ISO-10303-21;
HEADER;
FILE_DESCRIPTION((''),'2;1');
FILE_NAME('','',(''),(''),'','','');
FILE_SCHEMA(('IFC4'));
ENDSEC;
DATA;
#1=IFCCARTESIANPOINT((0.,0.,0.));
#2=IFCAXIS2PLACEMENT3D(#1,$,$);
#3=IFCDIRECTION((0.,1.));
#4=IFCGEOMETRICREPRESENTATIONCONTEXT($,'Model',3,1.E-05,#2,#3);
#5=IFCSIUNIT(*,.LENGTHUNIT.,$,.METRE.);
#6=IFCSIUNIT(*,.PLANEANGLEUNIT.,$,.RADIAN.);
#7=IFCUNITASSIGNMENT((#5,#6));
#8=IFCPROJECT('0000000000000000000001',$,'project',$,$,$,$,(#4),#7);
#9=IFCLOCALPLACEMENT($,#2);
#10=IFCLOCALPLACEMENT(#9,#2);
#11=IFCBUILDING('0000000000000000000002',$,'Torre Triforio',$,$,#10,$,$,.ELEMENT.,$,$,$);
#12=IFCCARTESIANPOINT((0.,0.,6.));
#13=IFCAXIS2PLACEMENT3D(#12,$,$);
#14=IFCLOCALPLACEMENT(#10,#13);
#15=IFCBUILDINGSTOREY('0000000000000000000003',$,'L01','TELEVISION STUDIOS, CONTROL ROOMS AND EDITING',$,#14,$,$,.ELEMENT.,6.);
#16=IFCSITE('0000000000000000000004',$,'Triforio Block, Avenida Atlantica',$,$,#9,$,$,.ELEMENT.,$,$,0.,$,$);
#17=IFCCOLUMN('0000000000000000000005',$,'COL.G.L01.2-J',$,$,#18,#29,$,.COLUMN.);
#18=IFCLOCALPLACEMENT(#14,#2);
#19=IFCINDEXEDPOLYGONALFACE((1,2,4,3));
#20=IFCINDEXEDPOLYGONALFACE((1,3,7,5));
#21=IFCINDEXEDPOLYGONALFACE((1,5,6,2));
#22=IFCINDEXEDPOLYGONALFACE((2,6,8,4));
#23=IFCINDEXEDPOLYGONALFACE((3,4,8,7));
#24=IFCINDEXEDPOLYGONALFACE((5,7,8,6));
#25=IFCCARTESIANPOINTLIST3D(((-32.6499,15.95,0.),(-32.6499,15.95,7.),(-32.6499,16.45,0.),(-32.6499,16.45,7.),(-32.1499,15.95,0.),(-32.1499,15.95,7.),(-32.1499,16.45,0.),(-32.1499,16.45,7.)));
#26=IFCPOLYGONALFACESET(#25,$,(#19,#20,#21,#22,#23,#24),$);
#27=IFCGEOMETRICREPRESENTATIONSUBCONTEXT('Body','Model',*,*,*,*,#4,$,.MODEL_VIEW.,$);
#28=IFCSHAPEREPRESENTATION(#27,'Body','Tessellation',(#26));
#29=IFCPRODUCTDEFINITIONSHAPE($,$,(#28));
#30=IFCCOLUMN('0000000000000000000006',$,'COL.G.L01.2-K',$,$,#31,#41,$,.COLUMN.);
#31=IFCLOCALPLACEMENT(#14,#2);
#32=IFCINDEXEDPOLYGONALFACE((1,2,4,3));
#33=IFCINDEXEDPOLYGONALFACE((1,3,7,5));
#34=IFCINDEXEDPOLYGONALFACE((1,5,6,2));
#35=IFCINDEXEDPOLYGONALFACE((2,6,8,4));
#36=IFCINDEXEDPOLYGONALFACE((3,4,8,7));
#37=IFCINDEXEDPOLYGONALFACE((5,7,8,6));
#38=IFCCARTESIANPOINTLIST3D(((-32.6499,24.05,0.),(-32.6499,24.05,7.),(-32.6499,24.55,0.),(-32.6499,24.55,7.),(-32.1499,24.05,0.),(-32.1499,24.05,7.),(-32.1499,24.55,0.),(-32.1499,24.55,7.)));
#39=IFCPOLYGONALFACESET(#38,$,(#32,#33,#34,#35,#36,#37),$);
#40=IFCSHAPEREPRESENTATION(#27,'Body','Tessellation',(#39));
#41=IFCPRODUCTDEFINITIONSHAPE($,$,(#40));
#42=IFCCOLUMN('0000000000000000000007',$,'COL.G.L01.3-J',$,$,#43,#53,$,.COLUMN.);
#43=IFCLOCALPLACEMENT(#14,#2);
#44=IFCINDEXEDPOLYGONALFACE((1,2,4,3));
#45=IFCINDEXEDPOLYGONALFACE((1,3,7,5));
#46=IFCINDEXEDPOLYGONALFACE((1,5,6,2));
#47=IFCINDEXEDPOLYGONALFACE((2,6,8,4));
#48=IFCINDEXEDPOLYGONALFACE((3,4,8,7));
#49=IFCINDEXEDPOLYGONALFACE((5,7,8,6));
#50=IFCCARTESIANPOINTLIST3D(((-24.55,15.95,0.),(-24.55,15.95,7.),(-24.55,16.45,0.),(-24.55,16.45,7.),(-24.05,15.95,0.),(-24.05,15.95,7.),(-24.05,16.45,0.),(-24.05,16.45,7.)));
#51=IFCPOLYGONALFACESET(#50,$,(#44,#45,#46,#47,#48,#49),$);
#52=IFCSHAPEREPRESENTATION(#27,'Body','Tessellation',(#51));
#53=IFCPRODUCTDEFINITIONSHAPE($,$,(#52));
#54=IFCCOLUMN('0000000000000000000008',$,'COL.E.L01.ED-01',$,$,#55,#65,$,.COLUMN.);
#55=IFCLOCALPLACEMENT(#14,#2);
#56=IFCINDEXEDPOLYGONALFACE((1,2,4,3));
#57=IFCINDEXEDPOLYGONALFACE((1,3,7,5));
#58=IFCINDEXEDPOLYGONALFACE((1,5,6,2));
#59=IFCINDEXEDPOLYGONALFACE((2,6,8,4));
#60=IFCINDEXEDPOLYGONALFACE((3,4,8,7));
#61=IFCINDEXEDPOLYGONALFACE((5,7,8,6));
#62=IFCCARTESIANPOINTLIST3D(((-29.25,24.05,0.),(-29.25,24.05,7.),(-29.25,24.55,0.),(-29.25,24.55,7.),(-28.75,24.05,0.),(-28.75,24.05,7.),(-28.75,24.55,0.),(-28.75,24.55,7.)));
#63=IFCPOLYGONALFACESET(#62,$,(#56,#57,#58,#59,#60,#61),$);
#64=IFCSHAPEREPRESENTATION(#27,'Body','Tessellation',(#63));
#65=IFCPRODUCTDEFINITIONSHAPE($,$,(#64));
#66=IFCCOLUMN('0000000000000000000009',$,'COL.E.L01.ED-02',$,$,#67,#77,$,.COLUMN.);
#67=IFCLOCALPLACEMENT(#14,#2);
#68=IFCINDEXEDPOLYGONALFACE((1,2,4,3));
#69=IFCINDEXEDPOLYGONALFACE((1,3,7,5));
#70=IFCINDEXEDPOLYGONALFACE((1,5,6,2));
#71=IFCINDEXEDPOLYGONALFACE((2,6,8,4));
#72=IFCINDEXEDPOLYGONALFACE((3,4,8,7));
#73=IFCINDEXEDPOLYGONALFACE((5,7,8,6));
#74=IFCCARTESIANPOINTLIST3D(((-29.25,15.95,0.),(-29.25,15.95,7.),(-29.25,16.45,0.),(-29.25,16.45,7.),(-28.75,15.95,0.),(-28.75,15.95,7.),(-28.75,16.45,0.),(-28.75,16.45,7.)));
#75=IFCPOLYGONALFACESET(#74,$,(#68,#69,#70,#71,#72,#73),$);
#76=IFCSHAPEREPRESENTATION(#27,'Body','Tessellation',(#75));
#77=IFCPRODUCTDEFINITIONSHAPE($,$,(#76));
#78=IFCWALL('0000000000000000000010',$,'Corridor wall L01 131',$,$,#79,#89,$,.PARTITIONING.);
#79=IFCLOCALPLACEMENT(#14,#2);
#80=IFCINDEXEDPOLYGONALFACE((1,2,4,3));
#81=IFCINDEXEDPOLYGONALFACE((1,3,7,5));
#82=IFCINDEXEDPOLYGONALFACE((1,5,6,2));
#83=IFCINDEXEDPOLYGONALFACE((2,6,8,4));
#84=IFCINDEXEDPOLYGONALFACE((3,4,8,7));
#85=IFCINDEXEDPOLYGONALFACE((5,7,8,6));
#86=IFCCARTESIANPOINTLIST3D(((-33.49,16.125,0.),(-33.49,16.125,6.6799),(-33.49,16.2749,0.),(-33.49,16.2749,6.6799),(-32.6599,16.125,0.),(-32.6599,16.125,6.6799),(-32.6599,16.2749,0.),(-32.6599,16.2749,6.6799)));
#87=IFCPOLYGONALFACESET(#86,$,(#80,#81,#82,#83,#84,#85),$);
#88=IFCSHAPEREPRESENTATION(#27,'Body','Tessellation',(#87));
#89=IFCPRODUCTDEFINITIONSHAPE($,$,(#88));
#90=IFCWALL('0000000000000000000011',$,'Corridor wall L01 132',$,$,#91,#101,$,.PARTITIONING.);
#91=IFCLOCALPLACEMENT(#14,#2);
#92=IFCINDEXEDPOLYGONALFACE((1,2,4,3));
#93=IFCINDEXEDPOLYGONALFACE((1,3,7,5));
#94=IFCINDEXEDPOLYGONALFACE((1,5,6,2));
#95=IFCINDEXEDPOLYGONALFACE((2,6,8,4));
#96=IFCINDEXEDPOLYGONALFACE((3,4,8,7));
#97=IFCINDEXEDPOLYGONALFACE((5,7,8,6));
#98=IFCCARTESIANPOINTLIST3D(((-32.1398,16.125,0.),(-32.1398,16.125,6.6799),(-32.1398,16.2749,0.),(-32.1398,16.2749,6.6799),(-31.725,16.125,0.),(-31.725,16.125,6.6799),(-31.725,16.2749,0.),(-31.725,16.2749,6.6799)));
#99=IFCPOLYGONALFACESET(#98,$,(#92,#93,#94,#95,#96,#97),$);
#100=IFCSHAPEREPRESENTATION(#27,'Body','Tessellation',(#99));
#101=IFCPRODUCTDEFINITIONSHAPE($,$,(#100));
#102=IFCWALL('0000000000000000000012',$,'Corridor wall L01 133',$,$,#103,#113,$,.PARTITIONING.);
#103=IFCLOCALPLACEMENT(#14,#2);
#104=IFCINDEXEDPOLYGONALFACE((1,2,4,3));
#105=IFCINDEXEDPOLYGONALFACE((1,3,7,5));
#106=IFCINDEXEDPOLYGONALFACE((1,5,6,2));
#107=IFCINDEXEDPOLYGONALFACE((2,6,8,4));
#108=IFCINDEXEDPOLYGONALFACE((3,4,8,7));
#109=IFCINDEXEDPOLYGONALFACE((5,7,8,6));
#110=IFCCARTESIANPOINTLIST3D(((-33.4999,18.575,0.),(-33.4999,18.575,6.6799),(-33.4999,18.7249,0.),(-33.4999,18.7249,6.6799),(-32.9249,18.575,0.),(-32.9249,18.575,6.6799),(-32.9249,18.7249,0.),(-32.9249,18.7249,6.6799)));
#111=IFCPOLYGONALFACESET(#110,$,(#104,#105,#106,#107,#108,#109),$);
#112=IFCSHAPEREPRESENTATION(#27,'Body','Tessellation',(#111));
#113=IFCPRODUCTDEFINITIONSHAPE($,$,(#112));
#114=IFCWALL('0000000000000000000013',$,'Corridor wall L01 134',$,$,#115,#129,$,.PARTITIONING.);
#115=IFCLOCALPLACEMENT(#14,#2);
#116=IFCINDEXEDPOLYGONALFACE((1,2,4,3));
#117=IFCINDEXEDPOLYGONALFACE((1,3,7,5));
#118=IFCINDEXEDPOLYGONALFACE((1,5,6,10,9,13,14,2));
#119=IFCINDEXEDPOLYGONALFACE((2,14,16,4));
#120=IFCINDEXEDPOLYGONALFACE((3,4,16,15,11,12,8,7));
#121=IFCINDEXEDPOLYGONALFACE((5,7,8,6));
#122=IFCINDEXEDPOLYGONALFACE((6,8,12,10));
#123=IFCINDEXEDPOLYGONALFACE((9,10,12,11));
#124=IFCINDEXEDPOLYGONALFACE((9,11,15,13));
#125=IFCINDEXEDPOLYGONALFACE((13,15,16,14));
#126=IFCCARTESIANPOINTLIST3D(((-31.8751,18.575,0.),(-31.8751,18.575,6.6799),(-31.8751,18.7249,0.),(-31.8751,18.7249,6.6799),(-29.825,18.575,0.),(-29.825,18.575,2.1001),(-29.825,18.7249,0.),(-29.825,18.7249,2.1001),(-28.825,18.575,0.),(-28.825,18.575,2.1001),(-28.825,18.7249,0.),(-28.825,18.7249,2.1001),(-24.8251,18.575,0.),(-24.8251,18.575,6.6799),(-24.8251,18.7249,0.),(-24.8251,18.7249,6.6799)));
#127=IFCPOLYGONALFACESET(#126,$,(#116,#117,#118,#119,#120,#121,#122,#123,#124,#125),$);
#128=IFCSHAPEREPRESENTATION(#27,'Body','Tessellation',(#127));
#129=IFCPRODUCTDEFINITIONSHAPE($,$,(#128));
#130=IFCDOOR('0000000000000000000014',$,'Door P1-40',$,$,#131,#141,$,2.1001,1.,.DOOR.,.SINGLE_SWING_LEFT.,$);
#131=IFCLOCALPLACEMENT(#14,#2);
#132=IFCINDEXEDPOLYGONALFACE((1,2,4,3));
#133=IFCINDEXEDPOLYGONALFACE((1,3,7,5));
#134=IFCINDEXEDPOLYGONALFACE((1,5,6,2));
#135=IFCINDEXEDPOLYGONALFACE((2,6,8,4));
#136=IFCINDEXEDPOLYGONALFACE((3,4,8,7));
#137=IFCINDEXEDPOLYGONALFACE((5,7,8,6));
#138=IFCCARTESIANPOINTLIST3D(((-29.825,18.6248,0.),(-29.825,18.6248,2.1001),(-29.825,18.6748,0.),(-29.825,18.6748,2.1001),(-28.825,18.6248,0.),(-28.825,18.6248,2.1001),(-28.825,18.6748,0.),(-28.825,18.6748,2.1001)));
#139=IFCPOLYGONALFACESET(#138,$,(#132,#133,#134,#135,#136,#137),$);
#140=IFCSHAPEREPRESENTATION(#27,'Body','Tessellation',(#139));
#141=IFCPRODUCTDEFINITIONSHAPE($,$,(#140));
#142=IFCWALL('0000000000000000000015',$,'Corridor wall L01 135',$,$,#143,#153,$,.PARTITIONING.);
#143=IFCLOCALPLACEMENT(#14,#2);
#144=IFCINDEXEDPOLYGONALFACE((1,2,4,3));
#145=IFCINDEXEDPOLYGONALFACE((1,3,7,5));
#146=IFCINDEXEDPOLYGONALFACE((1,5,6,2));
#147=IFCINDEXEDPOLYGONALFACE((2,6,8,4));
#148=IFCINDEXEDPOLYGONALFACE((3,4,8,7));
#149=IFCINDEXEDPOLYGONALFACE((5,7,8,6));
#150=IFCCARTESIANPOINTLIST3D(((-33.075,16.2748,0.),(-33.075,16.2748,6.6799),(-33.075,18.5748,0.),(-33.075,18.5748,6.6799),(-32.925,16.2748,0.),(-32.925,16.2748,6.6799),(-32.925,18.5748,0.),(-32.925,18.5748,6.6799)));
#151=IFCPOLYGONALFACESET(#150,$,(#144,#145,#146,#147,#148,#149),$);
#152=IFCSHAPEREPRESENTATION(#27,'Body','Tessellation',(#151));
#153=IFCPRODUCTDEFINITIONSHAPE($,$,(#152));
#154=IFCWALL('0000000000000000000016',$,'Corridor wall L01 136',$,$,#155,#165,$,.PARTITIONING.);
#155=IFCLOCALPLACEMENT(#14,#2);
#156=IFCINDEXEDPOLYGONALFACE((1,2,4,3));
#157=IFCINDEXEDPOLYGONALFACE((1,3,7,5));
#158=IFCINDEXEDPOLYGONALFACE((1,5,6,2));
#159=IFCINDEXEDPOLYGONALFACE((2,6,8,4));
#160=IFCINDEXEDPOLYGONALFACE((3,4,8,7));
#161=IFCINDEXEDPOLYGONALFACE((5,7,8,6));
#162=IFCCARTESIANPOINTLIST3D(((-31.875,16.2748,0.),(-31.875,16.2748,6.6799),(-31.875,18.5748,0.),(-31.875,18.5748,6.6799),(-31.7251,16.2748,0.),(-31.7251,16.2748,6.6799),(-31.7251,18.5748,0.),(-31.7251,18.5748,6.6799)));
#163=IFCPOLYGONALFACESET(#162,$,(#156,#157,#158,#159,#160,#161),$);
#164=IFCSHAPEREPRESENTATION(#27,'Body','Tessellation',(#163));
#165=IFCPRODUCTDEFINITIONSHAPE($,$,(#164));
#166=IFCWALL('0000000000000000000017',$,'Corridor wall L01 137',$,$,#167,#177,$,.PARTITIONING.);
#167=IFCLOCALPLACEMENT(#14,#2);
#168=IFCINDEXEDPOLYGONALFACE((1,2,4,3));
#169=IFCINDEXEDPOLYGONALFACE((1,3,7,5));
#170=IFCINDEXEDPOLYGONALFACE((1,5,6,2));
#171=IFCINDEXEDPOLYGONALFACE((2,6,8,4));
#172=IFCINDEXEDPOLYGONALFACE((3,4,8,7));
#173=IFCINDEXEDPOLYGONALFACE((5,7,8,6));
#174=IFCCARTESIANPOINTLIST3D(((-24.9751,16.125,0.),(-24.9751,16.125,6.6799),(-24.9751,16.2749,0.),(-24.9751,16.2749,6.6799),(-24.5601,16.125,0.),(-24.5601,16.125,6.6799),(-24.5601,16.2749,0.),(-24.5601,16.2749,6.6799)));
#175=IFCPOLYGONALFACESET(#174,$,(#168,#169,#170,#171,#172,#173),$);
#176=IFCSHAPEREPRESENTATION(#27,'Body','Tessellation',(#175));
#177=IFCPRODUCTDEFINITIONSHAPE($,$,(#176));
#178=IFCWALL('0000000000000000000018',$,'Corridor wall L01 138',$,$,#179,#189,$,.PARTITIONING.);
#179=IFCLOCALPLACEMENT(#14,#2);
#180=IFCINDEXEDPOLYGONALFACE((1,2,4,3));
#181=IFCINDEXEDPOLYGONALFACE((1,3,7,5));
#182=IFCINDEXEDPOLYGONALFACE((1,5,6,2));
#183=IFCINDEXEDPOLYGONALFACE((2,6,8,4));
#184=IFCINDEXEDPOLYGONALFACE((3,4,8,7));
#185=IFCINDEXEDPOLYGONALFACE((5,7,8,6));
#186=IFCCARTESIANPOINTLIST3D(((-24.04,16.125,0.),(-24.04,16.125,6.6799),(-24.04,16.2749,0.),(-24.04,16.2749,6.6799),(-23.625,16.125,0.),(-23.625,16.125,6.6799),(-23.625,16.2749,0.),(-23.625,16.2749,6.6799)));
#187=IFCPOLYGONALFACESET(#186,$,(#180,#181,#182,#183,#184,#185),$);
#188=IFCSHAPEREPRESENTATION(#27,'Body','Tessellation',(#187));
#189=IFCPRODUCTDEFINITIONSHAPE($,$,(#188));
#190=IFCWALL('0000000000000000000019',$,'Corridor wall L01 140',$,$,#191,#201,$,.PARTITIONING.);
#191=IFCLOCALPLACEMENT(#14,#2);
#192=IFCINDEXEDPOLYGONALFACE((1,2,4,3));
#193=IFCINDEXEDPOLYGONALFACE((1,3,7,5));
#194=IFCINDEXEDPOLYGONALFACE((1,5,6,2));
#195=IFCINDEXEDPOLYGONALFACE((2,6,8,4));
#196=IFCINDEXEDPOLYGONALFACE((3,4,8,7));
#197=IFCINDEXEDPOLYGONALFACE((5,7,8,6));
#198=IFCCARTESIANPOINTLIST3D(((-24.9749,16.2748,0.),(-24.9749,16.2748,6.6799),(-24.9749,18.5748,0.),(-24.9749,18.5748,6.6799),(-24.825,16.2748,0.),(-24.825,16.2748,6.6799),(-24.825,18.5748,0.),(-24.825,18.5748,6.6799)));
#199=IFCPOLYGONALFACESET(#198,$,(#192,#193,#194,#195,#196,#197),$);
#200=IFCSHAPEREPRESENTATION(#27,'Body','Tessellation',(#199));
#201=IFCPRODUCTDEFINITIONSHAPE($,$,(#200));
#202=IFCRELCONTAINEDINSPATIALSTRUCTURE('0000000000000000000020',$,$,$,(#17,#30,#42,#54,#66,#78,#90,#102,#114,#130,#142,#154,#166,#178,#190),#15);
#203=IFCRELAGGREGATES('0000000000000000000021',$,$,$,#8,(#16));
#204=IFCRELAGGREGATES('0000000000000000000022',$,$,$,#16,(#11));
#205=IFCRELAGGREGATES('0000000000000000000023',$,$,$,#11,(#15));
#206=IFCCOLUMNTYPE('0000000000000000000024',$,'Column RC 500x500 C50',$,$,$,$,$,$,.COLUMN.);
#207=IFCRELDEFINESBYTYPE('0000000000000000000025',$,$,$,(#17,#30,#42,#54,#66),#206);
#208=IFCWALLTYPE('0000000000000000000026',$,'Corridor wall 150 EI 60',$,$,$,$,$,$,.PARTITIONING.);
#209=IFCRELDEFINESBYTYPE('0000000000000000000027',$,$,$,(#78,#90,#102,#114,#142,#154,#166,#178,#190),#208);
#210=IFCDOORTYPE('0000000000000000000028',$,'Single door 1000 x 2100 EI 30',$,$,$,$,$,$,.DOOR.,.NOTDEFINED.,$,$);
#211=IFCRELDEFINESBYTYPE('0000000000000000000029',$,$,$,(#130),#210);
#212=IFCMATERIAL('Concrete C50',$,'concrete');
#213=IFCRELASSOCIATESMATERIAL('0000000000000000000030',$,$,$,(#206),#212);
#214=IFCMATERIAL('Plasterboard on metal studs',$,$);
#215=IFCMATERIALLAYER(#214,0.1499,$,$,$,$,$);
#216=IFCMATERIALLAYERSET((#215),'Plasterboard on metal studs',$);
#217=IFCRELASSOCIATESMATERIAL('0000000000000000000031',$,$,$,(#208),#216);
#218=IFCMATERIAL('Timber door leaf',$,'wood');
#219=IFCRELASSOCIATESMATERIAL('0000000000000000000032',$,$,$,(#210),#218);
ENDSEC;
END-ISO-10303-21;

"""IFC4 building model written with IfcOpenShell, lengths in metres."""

from ifc_helpers import new_model, si_unit, direction, frame, frame_2d, origin, origin_2d, place, context, subcontext, project, spatial, rectangle, extrude, material, layer, layer_set, material_profile, profile_set, type_object, element, fill, save


model = new_model("IFC4")

# Units and contexts
model_context = context("Model", 3, precision=1e-05, world=origin(), true_north=direction((0.0, 1.0)))
body_context = subcontext(model_context, "Body", "Model", "MODEL_VIEW")
ifc_project = project(units=[si_unit("LENGTHUNIT", "METRE"), si_unit("PLANEANGLEUNIT", "RADIAN")], contexts=[model_context])

# Site, building, storey
site_placement = place(None, origin())
site = spatial("IfcSite", under=ifc_project, at=site_placement, Name="Triforio Block, Avenida Atlantica", CompositionType="ELEMENT", RefElevation=0.0)
building_placement = place(site_placement, origin())
building = spatial("IfcBuilding", under=site, at=building_placement, Name="Torre Triforio", CompositionType="ELEMENT")
storey_placement = place(building_placement, frame((0.0, 0.0, 6.0)))
storey = spatial("IfcBuildingStorey", under=building, at=storey_placement, Name="L01", Description="TELEVISION STUDIOS, CONTROL ROOMS AND EDITING", CompositionType="ELEMENT", Elevation=6.0)

# Columns
ifc_material_1 = material(Name="Concrete C50", Category="concrete")
ifc_material_profile = material_profile(ifc_material_1, rectangle(XDim=0.5, YDim=0.5, at=origin_2d()), Name="RC 500x500")
ifc_profile_set = profile_set([ifc_material_profile], Name="Concrete C50")
column_type = type_object("IfcColumnType", Name="Column RC 500x500 C50", PredefinedType="COLUMN", material=ifc_profile_set)
for number, where, z_axis, x_axis, name in (
    (1, (-32.3999, 16.2, 0.0), (0.0, 0.0, 1.0), (1.0, 0.0, 0.0), "COL.G.L01.2-J"),
    (2, (-32.3999, 24.3, 0.0), (0.0, 0.0, 1.0), (1.0, 0.0, 0.0), "COL.G.L01.2-K"),
    (3, (-24.3, 16.2, 0.0), (0.0, 0.0, 1.0), (1.0, 0.0, 0.0), "COL.G.L01.3-J"),
    (4, (-29.0, 24.3, 0.0), (0.0, 0.0, 1.0), (1.0, 0.0, 0.0), "COL.E.L01.ED-01"),
    (5, (-29.0, 16.2, 0.0), (0.0, 0.0, 1.0), (1.0, 0.0, 0.0), "COL.E.L01.ED-02"),
):
    element("IfcColumn", number, at=place(storey_placement, frame(where, z_axis=z_axis, x_axis=x_axis)), inside=storey, type_object=column_type, Name=name, PredefinedType="COLUMN", context=body_context, shape_type="SweptSolid", body=[
        extrude(rectangle(XDim=0.5, YDim=0.5, at=origin_2d()), origin(), (0.0, 0.0, 1.0), 7.0),
    ])

# Walls
ifc_material_2 = material(Name="Plasterboard on metal studs")
ifc_layer_1 = layer(ifc_material_2, 0.1499)
ifc_layer_set_1 = layer_set([ifc_layer_1], Name="Plasterboard on metal studs")
wall_type_1 = type_object("IfcWallType", Name="Corridor wall 150 EI 60", PredefinedType="PARTITIONING", material=ifc_layer_set_1)
wall_1_placement = place(storey_placement, frame((-33.49, 16.2, 0.0), z_axis=(0.0, 0.0, 1.0), x_axis=(1.0, 0.0, 0.0)))
element("IfcWall", 6, at=wall_1_placement, inside=storey, type_object=wall_type_1, Name="Corridor wall L01 131", PredefinedType="PARTITIONING", context=body_context, shape_type="SweptSolid", body=[
    extrude(rectangle(XDim=0.8301, YDim=0.1499, at=frame_2d((0.415, 0.0))), origin(), (0.0, 0.0, 1.0), 6.6799),
])
wall_2_placement = place(storey_placement, frame((-32.1399, 16.2, 0.0), z_axis=(0.0, 0.0, 1.0), x_axis=(1.0, 0.0, 0.0)))
element("IfcWall", 7, at=wall_2_placement, inside=storey, type_object=wall_type_1, Name="Corridor wall L01 132", PredefinedType="PARTITIONING", context=body_context, shape_type="SweptSolid", body=[
    extrude(rectangle(XDim=0.4148, YDim=0.1499, at=frame_2d((0.2075, 0.0))), origin(), (0.0, 0.0, 1.0), 6.6799),
])
wall_3_placement = place(storey_placement, frame((-33.5, 18.6499, 0.0), z_axis=(0.0, 0.0, 1.0), x_axis=(1.0, 0.0, 0.0)))
element("IfcWall", 8, at=wall_3_placement, inside=storey, type_object=wall_type_1, Name="Corridor wall L01 133", PredefinedType="PARTITIONING", context=body_context, shape_type="SweptSolid", body=[
    extrude(rectangle(XDim=0.575, YDim=0.1499, at=frame_2d((0.2876, 0.0))), origin(), (0.0, 0.0, 1.0), 6.6799),
])

# Wall, opening, door
wall_4_placement = place(storey_placement, frame((-31.875, 18.6499, 0.0), z_axis=(0.0, 0.0, 1.0), x_axis=(1.0, 0.0, 0.0)))
wall_4 = element("IfcWall", 9, at=wall_4_placement, inside=storey, type_object=wall_type_1, Name="Corridor wall L01 134", PredefinedType="PARTITIONING", context=body_context, shape_type="SweptSolid", body=[
    extrude(rectangle(XDim=7.05, YDim=0.1499, at=frame_2d((3.5249, 0.0))), origin(), (0.0, 0.0, 1.0), 6.6799),
])
opening_1_placement = place(wall_4_placement, frame((2.05, 0.0, 0.0)))
opening_1 = element("IfcOpeningElement", 10, at=opening_1_placement, cuts=wall_4, PredefinedType="OPENING", context=body_context, shape_type="SweptSolid", body=[
    extrude(rectangle(XDim=1.0, YDim=2.1001, at=frame_2d((0.5, 1.05))), frame((0.0, 0.085, 0.0), z_axis=(0.0, -1.0, 0.0), x_axis=(1.0, 0.0, 0.0)), (0.0, 0.0, 1.0), 0.1699),
])
ifc_material_3 = material(Name="Timber door leaf", Category="wood")
door_type = type_object("IfcDoorType", Name="Single door 1000 x 2100 EI 30", OperationType="NOTDEFINED", PredefinedType="DOOR", material=ifc_material_3)
door_1_placement = place(opening_1_placement, origin())
door_1 = element("IfcDoor", 11, at=door_1_placement, inside=storey, type_object=door_type, Name="Door P1-40", OperationType="SINGLE_SWING_LEFT", OverallHeight=2.1001, OverallWidth=1.0, PredefinedType="DOOR", context=body_context, shape_type="SweptSolid", body=[
    extrude(rectangle(XDim=1.0, YDim=2.1001, at=frame_2d((0.5, 1.05))), frame((0.0, 0.0249, 0.0), z_axis=(0.0, -1.0, 0.0), x_axis=(1.0, 0.0, 0.0)), (0.0, 0.0, 1.0), 0.05),
])
fill(opening_1, door_1)

# Walls
for number, where, z_axis, x_axis, name in (
    (12, (-33.0, 16.2749, 0.0), (0.0, 0.0, 1.0), (0.0, 1.0, 0.0), "Corridor wall L01 135"),
    (13, (-31.8, 16.2749, 0.0), (0.0, 0.0, 1.0), (0.0, 1.0, 0.0), "Corridor wall L01 136"),
):
    element("IfcWall", number, at=place(storey_placement, frame(where, z_axis=z_axis, x_axis=x_axis)), inside=storey, type_object=wall_type_1, Name=name, PredefinedType="PARTITIONING", context=body_context, shape_type="SweptSolid", body=[
        extrude(rectangle(XDim=2.3, YDim=0.1499, at=frame_2d((1.1499, 0.0))), origin(), (0.0, 0.0, 1.0), 6.6799),
    ])
for number, where, z_axis, x_axis, name in (
    (14, (-24.9751, 16.2, 0.0), (0.0, 0.0, 1.0), (1.0, 0.0, 0.0), "Corridor wall L01 137"),
    (15, (-24.04, 16.2, 0.0), (0.0, 0.0, 1.0), (1.0, 0.0, 0.0), "Corridor wall L01 138"),
):
    element("IfcWall", number, at=place(storey_placement, frame(where, z_axis=z_axis, x_axis=x_axis)), inside=storey, type_object=wall_type_1, Name=name, PredefinedType="PARTITIONING", context=body_context, shape_type="SweptSolid", body=[
        extrude(rectangle(XDim=0.415, YDim=0.1499, at=frame_2d((0.2075, 0.0))), origin(), (0.0, 0.0, 1.0), 6.6799),
    ])
wall_5_placement = place(storey_placement, frame((-24.8999, 16.2749, 0.0), z_axis=(0.0, 0.0, 1.0), x_axis=(0.0, 1.0, 0.0)))
element("IfcWall", 16, at=wall_5_placement, inside=storey, type_object=wall_type_1, Name="Corridor wall L01 140", PredefinedType="PARTITIONING", context=body_context, shape_type="SweptSolid", body=[
    extrude(rectangle(XDim=2.3, YDim=0.1499, at=frame_2d((1.1499, 0.0))), origin(), (0.0, 0.0, 1.0), 6.6799),
])

save(model, "model.ifc")
